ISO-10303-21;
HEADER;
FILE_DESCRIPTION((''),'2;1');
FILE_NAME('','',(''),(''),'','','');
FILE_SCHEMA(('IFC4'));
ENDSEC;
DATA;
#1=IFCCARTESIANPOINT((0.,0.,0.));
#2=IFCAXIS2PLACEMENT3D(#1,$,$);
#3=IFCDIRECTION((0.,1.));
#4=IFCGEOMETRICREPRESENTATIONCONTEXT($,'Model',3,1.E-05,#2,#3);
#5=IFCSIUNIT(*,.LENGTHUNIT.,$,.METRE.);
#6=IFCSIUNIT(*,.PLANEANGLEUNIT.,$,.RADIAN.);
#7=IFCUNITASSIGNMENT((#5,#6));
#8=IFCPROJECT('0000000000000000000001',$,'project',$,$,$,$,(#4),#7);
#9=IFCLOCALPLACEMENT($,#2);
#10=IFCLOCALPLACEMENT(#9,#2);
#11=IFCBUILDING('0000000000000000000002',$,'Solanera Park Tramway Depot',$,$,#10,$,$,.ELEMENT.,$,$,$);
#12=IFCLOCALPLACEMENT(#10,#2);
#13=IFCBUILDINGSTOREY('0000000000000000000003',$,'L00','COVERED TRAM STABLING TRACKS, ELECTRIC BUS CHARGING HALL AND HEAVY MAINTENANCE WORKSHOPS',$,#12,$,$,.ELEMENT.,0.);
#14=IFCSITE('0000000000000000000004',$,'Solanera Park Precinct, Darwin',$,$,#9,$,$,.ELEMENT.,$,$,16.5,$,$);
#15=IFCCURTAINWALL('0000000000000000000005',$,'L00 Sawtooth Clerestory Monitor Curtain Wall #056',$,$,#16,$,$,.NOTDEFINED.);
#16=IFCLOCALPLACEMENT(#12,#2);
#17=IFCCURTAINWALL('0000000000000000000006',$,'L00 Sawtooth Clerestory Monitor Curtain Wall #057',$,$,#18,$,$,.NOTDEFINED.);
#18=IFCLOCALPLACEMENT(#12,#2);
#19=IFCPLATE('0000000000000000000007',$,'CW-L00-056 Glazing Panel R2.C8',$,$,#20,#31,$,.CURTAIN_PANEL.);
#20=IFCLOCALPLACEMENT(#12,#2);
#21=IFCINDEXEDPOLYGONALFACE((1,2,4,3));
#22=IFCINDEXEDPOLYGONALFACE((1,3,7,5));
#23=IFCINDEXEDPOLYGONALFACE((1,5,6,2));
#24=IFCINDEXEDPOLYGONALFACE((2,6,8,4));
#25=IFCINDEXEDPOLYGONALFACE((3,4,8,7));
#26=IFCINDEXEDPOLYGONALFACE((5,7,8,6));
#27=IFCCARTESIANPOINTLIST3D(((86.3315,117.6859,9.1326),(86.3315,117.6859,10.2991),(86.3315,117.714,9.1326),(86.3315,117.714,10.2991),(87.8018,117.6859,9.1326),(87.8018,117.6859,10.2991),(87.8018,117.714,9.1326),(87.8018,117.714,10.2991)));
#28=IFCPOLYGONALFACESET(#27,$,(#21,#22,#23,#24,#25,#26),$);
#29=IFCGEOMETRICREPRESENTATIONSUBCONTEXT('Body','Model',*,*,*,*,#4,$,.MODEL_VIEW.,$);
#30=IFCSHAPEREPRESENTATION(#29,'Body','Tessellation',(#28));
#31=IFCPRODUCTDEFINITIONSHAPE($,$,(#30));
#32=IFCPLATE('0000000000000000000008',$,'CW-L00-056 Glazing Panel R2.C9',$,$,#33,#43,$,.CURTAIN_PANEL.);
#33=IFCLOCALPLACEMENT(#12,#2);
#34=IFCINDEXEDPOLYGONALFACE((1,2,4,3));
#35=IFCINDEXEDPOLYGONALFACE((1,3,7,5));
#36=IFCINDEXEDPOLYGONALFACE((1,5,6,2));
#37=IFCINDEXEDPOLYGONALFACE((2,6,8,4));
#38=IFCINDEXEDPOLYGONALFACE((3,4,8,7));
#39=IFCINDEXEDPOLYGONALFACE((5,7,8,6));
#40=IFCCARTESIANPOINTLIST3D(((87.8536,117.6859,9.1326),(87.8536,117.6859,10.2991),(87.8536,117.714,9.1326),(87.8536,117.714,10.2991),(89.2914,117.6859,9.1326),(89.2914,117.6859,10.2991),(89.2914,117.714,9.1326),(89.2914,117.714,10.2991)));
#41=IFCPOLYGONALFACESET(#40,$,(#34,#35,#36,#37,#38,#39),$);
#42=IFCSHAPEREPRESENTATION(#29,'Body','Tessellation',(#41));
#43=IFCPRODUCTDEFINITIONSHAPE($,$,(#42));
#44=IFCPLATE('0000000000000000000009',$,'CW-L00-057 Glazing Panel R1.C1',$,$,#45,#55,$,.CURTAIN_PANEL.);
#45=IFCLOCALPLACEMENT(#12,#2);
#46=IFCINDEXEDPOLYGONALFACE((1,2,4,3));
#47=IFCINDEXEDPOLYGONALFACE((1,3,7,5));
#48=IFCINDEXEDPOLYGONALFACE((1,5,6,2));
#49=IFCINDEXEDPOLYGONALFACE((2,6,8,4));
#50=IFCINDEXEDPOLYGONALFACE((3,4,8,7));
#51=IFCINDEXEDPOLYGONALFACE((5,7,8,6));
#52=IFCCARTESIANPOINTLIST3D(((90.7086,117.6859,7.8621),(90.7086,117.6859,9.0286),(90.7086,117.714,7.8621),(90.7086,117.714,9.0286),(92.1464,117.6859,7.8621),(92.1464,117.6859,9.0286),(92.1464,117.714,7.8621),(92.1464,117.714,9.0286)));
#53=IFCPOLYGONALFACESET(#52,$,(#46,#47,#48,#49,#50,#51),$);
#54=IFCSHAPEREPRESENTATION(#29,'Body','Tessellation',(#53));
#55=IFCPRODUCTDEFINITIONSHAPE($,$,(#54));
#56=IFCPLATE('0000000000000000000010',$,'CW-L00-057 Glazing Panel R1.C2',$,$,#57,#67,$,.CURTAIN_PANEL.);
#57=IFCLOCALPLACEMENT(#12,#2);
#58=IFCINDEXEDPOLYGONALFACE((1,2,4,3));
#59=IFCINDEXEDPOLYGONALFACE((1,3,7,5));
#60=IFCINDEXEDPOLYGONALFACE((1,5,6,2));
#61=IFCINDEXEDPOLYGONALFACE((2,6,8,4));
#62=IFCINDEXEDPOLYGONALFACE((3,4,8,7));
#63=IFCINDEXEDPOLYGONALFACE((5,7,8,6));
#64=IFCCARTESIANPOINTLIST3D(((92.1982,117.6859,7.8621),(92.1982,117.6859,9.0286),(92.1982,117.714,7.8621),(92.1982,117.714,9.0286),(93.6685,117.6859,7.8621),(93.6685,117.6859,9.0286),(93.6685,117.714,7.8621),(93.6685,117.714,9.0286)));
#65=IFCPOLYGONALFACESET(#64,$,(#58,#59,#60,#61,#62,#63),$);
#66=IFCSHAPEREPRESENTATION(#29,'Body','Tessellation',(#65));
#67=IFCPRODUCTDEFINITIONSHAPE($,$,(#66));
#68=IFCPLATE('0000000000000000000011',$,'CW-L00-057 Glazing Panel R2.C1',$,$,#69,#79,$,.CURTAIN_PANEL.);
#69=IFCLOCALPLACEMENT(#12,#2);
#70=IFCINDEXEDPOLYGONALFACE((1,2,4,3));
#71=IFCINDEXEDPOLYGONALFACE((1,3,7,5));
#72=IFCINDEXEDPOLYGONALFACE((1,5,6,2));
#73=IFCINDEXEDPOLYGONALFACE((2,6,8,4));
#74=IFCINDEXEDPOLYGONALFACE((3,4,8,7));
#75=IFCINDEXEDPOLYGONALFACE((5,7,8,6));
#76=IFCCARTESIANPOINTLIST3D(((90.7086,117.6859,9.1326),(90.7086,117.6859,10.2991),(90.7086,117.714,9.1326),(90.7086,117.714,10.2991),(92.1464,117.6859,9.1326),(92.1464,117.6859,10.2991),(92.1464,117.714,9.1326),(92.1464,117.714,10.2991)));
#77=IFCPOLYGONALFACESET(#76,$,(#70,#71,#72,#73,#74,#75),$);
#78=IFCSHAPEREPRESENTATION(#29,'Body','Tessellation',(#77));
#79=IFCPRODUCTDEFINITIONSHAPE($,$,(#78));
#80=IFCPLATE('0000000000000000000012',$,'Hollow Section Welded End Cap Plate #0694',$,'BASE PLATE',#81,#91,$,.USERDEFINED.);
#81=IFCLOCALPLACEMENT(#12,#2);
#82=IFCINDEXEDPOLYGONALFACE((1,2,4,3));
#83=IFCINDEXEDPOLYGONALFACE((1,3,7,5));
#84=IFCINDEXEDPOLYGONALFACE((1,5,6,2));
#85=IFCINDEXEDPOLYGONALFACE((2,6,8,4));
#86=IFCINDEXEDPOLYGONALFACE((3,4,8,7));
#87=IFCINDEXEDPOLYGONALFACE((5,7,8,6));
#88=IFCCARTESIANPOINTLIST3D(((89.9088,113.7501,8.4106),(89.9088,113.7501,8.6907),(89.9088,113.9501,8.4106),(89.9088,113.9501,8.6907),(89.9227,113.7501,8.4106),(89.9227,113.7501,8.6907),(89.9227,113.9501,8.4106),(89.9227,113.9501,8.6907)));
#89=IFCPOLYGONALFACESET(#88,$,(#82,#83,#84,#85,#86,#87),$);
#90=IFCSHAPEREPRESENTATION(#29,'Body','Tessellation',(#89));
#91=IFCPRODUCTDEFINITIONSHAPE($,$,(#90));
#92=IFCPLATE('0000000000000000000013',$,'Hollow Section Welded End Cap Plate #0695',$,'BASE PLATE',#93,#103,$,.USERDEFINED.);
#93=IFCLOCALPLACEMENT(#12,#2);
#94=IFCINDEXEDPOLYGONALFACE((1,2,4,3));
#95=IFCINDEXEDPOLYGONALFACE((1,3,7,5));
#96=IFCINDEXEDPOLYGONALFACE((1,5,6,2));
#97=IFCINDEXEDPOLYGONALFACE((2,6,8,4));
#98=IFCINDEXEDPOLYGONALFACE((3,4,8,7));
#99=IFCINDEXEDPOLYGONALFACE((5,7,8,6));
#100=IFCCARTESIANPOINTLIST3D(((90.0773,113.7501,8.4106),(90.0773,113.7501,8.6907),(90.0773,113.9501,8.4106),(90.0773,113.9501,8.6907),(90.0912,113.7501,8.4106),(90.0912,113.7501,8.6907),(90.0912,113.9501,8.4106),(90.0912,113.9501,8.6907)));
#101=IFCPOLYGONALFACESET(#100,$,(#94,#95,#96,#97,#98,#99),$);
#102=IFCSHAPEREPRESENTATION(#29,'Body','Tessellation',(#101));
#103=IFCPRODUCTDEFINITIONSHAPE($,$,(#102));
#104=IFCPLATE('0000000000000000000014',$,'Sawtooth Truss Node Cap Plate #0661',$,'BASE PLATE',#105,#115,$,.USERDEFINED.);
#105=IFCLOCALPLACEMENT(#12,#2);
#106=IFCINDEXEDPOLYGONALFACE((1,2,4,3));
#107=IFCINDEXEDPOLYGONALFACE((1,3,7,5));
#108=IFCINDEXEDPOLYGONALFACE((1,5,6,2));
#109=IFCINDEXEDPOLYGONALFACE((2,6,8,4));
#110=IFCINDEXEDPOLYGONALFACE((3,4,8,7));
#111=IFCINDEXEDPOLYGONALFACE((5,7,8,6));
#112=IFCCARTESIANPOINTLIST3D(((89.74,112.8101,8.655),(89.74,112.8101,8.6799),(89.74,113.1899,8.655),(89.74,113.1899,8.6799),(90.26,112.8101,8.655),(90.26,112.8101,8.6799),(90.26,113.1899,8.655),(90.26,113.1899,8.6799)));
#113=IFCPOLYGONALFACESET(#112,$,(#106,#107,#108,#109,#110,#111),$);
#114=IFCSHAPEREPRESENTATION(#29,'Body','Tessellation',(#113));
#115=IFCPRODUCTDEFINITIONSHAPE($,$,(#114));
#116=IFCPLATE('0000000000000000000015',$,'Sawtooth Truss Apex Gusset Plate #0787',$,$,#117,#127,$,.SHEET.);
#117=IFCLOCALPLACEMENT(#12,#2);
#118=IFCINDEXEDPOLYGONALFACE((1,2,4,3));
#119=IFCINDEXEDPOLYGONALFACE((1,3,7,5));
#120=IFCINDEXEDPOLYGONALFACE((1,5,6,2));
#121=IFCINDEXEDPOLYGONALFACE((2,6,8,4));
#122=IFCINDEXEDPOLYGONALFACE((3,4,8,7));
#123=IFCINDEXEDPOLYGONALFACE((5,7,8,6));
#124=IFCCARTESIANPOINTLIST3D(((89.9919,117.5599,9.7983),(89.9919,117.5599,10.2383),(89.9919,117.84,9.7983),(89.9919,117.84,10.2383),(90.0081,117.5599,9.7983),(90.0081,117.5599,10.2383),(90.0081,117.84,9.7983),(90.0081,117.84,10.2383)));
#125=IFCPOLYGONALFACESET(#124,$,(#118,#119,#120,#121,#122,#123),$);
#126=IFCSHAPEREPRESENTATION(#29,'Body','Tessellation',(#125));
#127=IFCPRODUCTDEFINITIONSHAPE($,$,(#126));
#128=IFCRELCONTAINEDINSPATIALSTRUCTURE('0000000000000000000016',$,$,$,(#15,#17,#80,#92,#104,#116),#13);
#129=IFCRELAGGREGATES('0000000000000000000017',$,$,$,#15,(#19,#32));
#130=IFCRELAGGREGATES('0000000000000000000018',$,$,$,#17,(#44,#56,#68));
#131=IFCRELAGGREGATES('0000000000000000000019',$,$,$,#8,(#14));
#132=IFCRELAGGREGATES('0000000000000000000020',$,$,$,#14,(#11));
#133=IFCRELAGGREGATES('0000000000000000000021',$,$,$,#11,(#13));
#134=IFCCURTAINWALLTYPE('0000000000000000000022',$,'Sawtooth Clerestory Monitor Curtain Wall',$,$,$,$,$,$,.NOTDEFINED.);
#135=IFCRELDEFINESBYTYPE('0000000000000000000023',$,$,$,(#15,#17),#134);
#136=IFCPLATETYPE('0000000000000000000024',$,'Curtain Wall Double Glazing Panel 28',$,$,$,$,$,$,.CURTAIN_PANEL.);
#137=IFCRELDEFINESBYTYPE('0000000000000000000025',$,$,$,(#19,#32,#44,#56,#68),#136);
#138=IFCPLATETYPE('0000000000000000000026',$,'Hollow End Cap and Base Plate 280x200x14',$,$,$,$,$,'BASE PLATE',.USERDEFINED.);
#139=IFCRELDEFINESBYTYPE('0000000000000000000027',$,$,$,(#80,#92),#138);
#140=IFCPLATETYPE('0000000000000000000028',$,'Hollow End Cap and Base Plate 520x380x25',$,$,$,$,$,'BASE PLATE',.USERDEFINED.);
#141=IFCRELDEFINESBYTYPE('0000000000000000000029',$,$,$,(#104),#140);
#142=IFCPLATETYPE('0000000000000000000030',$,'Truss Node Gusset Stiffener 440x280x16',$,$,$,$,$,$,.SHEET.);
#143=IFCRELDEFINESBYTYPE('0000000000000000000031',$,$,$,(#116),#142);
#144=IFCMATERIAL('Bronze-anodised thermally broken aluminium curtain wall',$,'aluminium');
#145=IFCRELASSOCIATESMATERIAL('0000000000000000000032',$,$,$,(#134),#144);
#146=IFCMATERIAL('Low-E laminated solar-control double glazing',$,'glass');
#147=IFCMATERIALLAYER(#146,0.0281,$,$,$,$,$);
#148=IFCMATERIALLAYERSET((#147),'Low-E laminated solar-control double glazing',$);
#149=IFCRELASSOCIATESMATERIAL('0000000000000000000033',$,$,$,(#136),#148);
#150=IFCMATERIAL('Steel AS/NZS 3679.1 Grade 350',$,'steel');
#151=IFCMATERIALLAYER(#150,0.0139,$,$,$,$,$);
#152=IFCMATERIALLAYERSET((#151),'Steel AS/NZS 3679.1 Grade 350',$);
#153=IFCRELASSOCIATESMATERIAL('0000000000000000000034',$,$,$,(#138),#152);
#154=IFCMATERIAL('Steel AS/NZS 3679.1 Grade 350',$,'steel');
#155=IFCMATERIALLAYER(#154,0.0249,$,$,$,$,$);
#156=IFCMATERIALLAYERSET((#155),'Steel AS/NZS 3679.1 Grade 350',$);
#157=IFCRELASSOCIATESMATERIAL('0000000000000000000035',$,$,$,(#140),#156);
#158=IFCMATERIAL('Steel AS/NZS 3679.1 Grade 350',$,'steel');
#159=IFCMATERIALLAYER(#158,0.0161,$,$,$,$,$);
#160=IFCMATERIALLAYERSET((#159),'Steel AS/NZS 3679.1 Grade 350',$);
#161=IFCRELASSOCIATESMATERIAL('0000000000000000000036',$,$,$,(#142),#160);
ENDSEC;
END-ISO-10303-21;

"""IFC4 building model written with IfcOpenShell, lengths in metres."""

from ifc_helpers import new_model, si_unit, direction, frame, origin, origin_2d, place, context, subcontext, project, spatial, rectangle, extrude, material, layer, layer_set, type_object, element, aggregate, save


model = new_model("IFC4")

# Units and contexts
model_context = context("Model", 3, precision=1e-05, world=origin(), true_north=direction((0.0, 1.0)))
body_context = subcontext(model_context, "Body", "Model", "MODEL_VIEW")
ifc_project = project(units=[si_unit("LENGTHUNIT", "METRE"), si_unit("PLANEANGLEUNIT", "RADIAN")], contexts=[model_context])

# Site, building, storey
site_placement = place(None, origin())
site = spatial("IfcSite", under=ifc_project, at=site_placement, Name="Solanera Park Precinct, Darwin", CompositionType="ELEMENT", RefElevation=16.5)
building_placement = place(site_placement, origin())
building = spatial("IfcBuilding", under=site, at=building_placement, Name="Solanera Park Tramway Depot", CompositionType="ELEMENT")
storey_placement = place(building_placement, origin())
storey = spatial("IfcBuildingStorey", under=building, at=storey_placement, Name="L00", Description="COVERED TRAM STABLING TRACKS, ELECTRIC BUS CHARGING HALL AND HEAVY MAINTENANCE WORKSHOPS", CompositionType="ELEMENT", Elevation=0.0)

# Curtain walls
ifc_material_1 = material(Name="Bronze-anodised thermally broken aluminium curtain wall", Category="aluminium")
curtain_wall_type = type_object("IfcCurtainWallType", Name="Sawtooth Clerestory Monitor Curtain Wall", PredefinedType="NOTDEFINED", material=ifc_material_1)
curtain_wall_1_placement = place(storey_placement, origin())
curtain_wall_1 = element("IfcCurtainWall", 1, at=curtain_wall_1_placement, inside=storey, type_object=curtain_wall_type, Name="L00 Sawtooth Clerestory Monitor Curtain Wall #056", PredefinedType="NOTDEFINED")
curtain_wall_2_placement = place(storey_placement, origin())
curtain_wall_2 = element("IfcCurtainWall", 2, at=curtain_wall_2_placement, inside=storey, type_object=curtain_wall_type, Name="L00 Sawtooth Clerestory Monitor Curtain Wall #057", PredefinedType="NOTDEFINED")

# Plates
ifc_material_2 = material(Name="Low-E laminated solar-control double glazing", Category="glass")
ifc_layer_1 = layer(ifc_material_2, 0.0281)
ifc_layer_set_1 = layer_set([ifc_layer_1], Name="Low-E laminated solar-control double glazing")
plate_type_1 = type_object("IfcPlateType", Name="Curtain Wall Double Glazing Panel 28", PredefinedType="CURTAIN_PANEL", material=ifc_layer_set_1)
plate_1_placement = place(storey_placement, frame((87.0667, 117.7, 9.1326), z_axis=(0.0, 0.0, 1.0), x_axis=(1.0, 0.0, 0.0)))
plate_1 = element("IfcPlate", 3, at=plate_1_placement, type_object=plate_type_1, Name="CW-L00-056 Glazing Panel R2.C8", PredefinedType="CURTAIN_PANEL", context=body_context, shape_type="SweptSolid", body=[
    extrude(rectangle(XDim=1.4702, YDim=0.0281, at=origin_2d()), origin(), (0.0, 0.0, 1.0), 1.1665),
])
plate_2_placement = place(storey_placement, frame((88.5725, 117.7, 9.1326), z_axis=(0.0, 0.0, 1.0), x_axis=(1.0, 0.0, 0.0)))
plate_2 = element("IfcPlate", 4, at=plate_2_placement, type_object=plate_type_1, Name="CW-L00-056 Glazing Panel R2.C9", PredefinedType="CURTAIN_PANEL", context=body_context, shape_type="SweptSolid", body=[
    extrude(rectangle(XDim=1.4377, YDim=0.0281, at=origin_2d()), origin(), (0.0, 0.0, 1.0), 1.1665),
])
aggregate(curtain_wall_1, [plate_1, plate_2])
plate_3_placement = place(storey_placement, frame((91.4275, 117.7, 7.8621), z_axis=(0.0, 0.0, 1.0), x_axis=(1.0, 0.0, 0.0)))
plate_3 = element("IfcPlate", 5, at=plate_3_placement, type_object=plate_type_1, Name="CW-L00-057 Glazing Panel R1.C1", PredefinedType="CURTAIN_PANEL", context=body_context, shape_type="SweptSolid", body=[
    extrude(rectangle(XDim=1.4377, YDim=0.0281, at=origin_2d()), origin(), (0.0, 0.0, 1.0), 1.1665),
])
plate_4_placement = place(storey_placement, frame((92.9333, 117.7, 7.8621), z_axis=(0.0, 0.0, 1.0), x_axis=(1.0, 0.0, 0.0)))
plate_4 = element("IfcPlate", 6, at=plate_4_placement, type_object=plate_type_1, Name="CW-L00-057 Glazing Panel R1.C2", PredefinedType="CURTAIN_PANEL", context=body_context, shape_type="SweptSolid", body=[
    extrude(rectangle(XDim=1.4702, YDim=0.0281, at=origin_2d()), origin(), (0.0, 0.0, 1.0), 1.1665),
])
plate_5_placement = place(storey_placement, frame((91.4275, 117.7, 9.1326), z_axis=(0.0, 0.0, 1.0), x_axis=(1.0, 0.0, 0.0)))
plate_5 = element("IfcPlate", 7, at=plate_5_placement, type_object=plate_type_1, Name="CW-L00-057 Glazing Panel R2.C1", PredefinedType="CURTAIN_PANEL", context=body_context, shape_type="SweptSolid", body=[
    extrude(rectangle(XDim=1.4377, YDim=0.0281, at=origin_2d()), origin(), (0.0, 0.0, 1.0), 1.1665),
])
aggregate(curtain_wall_2, [plate_3, plate_4, plate_5])

# Plates
ifc_material_3 = material(Name="Steel AS/NZS 3679.1 Grade 350", Category="steel")
ifc_layer_2 = layer(ifc_material_3, 0.0139)
ifc_layer_set_2 = layer_set([ifc_layer_2], Name="Steel AS/NZS 3679.1 Grade 350")
plate_type_2 = type_object("IfcPlateType", Name="Hollow End Cap and Base Plate 280x200x14", ElementType="BASE PLATE", PredefinedType="USERDEFINED", material=ifc_layer_set_2)
for number, where, z_axis, x_axis, name in (
    (8, (89.9158, 113.8501, 8.4106), (0.0, 0.0, 1.0), (1.0, 0.0, 0.0), "Hollow Section Welded End Cap Plate #0694"),
    (9, (90.0842, 113.8501, 8.4106), (0.0, 0.0, 1.0), (1.0, 0.0, 0.0), "Hollow Section Welded End Cap Plate #0695"),
):
    element("IfcPlate", number, at=place(storey_placement, frame(where, z_axis=z_axis, x_axis=x_axis)), inside=storey, type_object=plate_type_2, Name=name, ObjectType="BASE PLATE", PredefinedType="USERDEFINED", context=body_context, shape_type="SweptSolid", body=[
        extrude(rectangle(XDim=0.0139, YDim=0.2, at=origin_2d()), origin(), (0.0, 0.0, 1.0), 0.28),
    ])
ifc_material_4 = material(Name="Steel AS/NZS 3679.1 Grade 350", Category="steel")
ifc_layer_3 = layer(ifc_material_4, 0.0249)
ifc_layer_set_3 = layer_set([ifc_layer_3], Name="Steel AS/NZS 3679.1 Grade 350")
plate_type_3 = type_object("IfcPlateType", Name="Hollow End Cap and Base Plate 520x380x25", ElementType="BASE PLATE", PredefinedType="USERDEFINED", material=ifc_layer_set_3)
plate_6_placement = place(storey_placement, frame((90.0, 113.0, 8.655), z_axis=(0.0, 0.0, 1.0), x_axis=(1.0, 0.0, 0.0)))
element("IfcPlate", 10, at=plate_6_placement, inside=storey, type_object=plate_type_3, Name="Sawtooth Truss Node Cap Plate #0661", ObjectType="BASE PLATE", PredefinedType="USERDEFINED", context=body_context, shape_type="SweptSolid", body=[
    extrude(rectangle(XDim=0.52, YDim=0.3799, at=origin_2d()), origin(), (0.0, 0.0, 1.0), 0.0249),
])
ifc_material_5 = material(Name="Steel AS/NZS 3679.1 Grade 350", Category="steel")
ifc_layer_4 = layer(ifc_material_5, 0.0161)
ifc_layer_set_4 = layer_set([ifc_layer_4], Name="Steel AS/NZS 3679.1 Grade 350")
plate_type_4 = type_object("IfcPlateType", Name="Truss Node Gusset Stiffener 440x280x16", PredefinedType="SHEET", material=ifc_layer_set_4)
plate_7_placement = place(storey_placement, frame((90.0, 117.7, 9.7983), z_axis=(0.0, 0.0, 1.0), x_axis=(1.0, 0.0, 0.0)))
element("IfcPlate", 11, at=plate_7_placement, inside=storey, type_object=plate_type_4, Name="Sawtooth Truss Apex Gusset Plate #0787", PredefinedType="SHEET", context=body_context, shape_type="SweptSolid", body=[
    extrude(rectangle(XDim=0.0161, YDim=0.28, at=origin_2d()), origin(), (0.0, 0.0, 1.0), 0.4399),
])

save(model, "model.ifc")
